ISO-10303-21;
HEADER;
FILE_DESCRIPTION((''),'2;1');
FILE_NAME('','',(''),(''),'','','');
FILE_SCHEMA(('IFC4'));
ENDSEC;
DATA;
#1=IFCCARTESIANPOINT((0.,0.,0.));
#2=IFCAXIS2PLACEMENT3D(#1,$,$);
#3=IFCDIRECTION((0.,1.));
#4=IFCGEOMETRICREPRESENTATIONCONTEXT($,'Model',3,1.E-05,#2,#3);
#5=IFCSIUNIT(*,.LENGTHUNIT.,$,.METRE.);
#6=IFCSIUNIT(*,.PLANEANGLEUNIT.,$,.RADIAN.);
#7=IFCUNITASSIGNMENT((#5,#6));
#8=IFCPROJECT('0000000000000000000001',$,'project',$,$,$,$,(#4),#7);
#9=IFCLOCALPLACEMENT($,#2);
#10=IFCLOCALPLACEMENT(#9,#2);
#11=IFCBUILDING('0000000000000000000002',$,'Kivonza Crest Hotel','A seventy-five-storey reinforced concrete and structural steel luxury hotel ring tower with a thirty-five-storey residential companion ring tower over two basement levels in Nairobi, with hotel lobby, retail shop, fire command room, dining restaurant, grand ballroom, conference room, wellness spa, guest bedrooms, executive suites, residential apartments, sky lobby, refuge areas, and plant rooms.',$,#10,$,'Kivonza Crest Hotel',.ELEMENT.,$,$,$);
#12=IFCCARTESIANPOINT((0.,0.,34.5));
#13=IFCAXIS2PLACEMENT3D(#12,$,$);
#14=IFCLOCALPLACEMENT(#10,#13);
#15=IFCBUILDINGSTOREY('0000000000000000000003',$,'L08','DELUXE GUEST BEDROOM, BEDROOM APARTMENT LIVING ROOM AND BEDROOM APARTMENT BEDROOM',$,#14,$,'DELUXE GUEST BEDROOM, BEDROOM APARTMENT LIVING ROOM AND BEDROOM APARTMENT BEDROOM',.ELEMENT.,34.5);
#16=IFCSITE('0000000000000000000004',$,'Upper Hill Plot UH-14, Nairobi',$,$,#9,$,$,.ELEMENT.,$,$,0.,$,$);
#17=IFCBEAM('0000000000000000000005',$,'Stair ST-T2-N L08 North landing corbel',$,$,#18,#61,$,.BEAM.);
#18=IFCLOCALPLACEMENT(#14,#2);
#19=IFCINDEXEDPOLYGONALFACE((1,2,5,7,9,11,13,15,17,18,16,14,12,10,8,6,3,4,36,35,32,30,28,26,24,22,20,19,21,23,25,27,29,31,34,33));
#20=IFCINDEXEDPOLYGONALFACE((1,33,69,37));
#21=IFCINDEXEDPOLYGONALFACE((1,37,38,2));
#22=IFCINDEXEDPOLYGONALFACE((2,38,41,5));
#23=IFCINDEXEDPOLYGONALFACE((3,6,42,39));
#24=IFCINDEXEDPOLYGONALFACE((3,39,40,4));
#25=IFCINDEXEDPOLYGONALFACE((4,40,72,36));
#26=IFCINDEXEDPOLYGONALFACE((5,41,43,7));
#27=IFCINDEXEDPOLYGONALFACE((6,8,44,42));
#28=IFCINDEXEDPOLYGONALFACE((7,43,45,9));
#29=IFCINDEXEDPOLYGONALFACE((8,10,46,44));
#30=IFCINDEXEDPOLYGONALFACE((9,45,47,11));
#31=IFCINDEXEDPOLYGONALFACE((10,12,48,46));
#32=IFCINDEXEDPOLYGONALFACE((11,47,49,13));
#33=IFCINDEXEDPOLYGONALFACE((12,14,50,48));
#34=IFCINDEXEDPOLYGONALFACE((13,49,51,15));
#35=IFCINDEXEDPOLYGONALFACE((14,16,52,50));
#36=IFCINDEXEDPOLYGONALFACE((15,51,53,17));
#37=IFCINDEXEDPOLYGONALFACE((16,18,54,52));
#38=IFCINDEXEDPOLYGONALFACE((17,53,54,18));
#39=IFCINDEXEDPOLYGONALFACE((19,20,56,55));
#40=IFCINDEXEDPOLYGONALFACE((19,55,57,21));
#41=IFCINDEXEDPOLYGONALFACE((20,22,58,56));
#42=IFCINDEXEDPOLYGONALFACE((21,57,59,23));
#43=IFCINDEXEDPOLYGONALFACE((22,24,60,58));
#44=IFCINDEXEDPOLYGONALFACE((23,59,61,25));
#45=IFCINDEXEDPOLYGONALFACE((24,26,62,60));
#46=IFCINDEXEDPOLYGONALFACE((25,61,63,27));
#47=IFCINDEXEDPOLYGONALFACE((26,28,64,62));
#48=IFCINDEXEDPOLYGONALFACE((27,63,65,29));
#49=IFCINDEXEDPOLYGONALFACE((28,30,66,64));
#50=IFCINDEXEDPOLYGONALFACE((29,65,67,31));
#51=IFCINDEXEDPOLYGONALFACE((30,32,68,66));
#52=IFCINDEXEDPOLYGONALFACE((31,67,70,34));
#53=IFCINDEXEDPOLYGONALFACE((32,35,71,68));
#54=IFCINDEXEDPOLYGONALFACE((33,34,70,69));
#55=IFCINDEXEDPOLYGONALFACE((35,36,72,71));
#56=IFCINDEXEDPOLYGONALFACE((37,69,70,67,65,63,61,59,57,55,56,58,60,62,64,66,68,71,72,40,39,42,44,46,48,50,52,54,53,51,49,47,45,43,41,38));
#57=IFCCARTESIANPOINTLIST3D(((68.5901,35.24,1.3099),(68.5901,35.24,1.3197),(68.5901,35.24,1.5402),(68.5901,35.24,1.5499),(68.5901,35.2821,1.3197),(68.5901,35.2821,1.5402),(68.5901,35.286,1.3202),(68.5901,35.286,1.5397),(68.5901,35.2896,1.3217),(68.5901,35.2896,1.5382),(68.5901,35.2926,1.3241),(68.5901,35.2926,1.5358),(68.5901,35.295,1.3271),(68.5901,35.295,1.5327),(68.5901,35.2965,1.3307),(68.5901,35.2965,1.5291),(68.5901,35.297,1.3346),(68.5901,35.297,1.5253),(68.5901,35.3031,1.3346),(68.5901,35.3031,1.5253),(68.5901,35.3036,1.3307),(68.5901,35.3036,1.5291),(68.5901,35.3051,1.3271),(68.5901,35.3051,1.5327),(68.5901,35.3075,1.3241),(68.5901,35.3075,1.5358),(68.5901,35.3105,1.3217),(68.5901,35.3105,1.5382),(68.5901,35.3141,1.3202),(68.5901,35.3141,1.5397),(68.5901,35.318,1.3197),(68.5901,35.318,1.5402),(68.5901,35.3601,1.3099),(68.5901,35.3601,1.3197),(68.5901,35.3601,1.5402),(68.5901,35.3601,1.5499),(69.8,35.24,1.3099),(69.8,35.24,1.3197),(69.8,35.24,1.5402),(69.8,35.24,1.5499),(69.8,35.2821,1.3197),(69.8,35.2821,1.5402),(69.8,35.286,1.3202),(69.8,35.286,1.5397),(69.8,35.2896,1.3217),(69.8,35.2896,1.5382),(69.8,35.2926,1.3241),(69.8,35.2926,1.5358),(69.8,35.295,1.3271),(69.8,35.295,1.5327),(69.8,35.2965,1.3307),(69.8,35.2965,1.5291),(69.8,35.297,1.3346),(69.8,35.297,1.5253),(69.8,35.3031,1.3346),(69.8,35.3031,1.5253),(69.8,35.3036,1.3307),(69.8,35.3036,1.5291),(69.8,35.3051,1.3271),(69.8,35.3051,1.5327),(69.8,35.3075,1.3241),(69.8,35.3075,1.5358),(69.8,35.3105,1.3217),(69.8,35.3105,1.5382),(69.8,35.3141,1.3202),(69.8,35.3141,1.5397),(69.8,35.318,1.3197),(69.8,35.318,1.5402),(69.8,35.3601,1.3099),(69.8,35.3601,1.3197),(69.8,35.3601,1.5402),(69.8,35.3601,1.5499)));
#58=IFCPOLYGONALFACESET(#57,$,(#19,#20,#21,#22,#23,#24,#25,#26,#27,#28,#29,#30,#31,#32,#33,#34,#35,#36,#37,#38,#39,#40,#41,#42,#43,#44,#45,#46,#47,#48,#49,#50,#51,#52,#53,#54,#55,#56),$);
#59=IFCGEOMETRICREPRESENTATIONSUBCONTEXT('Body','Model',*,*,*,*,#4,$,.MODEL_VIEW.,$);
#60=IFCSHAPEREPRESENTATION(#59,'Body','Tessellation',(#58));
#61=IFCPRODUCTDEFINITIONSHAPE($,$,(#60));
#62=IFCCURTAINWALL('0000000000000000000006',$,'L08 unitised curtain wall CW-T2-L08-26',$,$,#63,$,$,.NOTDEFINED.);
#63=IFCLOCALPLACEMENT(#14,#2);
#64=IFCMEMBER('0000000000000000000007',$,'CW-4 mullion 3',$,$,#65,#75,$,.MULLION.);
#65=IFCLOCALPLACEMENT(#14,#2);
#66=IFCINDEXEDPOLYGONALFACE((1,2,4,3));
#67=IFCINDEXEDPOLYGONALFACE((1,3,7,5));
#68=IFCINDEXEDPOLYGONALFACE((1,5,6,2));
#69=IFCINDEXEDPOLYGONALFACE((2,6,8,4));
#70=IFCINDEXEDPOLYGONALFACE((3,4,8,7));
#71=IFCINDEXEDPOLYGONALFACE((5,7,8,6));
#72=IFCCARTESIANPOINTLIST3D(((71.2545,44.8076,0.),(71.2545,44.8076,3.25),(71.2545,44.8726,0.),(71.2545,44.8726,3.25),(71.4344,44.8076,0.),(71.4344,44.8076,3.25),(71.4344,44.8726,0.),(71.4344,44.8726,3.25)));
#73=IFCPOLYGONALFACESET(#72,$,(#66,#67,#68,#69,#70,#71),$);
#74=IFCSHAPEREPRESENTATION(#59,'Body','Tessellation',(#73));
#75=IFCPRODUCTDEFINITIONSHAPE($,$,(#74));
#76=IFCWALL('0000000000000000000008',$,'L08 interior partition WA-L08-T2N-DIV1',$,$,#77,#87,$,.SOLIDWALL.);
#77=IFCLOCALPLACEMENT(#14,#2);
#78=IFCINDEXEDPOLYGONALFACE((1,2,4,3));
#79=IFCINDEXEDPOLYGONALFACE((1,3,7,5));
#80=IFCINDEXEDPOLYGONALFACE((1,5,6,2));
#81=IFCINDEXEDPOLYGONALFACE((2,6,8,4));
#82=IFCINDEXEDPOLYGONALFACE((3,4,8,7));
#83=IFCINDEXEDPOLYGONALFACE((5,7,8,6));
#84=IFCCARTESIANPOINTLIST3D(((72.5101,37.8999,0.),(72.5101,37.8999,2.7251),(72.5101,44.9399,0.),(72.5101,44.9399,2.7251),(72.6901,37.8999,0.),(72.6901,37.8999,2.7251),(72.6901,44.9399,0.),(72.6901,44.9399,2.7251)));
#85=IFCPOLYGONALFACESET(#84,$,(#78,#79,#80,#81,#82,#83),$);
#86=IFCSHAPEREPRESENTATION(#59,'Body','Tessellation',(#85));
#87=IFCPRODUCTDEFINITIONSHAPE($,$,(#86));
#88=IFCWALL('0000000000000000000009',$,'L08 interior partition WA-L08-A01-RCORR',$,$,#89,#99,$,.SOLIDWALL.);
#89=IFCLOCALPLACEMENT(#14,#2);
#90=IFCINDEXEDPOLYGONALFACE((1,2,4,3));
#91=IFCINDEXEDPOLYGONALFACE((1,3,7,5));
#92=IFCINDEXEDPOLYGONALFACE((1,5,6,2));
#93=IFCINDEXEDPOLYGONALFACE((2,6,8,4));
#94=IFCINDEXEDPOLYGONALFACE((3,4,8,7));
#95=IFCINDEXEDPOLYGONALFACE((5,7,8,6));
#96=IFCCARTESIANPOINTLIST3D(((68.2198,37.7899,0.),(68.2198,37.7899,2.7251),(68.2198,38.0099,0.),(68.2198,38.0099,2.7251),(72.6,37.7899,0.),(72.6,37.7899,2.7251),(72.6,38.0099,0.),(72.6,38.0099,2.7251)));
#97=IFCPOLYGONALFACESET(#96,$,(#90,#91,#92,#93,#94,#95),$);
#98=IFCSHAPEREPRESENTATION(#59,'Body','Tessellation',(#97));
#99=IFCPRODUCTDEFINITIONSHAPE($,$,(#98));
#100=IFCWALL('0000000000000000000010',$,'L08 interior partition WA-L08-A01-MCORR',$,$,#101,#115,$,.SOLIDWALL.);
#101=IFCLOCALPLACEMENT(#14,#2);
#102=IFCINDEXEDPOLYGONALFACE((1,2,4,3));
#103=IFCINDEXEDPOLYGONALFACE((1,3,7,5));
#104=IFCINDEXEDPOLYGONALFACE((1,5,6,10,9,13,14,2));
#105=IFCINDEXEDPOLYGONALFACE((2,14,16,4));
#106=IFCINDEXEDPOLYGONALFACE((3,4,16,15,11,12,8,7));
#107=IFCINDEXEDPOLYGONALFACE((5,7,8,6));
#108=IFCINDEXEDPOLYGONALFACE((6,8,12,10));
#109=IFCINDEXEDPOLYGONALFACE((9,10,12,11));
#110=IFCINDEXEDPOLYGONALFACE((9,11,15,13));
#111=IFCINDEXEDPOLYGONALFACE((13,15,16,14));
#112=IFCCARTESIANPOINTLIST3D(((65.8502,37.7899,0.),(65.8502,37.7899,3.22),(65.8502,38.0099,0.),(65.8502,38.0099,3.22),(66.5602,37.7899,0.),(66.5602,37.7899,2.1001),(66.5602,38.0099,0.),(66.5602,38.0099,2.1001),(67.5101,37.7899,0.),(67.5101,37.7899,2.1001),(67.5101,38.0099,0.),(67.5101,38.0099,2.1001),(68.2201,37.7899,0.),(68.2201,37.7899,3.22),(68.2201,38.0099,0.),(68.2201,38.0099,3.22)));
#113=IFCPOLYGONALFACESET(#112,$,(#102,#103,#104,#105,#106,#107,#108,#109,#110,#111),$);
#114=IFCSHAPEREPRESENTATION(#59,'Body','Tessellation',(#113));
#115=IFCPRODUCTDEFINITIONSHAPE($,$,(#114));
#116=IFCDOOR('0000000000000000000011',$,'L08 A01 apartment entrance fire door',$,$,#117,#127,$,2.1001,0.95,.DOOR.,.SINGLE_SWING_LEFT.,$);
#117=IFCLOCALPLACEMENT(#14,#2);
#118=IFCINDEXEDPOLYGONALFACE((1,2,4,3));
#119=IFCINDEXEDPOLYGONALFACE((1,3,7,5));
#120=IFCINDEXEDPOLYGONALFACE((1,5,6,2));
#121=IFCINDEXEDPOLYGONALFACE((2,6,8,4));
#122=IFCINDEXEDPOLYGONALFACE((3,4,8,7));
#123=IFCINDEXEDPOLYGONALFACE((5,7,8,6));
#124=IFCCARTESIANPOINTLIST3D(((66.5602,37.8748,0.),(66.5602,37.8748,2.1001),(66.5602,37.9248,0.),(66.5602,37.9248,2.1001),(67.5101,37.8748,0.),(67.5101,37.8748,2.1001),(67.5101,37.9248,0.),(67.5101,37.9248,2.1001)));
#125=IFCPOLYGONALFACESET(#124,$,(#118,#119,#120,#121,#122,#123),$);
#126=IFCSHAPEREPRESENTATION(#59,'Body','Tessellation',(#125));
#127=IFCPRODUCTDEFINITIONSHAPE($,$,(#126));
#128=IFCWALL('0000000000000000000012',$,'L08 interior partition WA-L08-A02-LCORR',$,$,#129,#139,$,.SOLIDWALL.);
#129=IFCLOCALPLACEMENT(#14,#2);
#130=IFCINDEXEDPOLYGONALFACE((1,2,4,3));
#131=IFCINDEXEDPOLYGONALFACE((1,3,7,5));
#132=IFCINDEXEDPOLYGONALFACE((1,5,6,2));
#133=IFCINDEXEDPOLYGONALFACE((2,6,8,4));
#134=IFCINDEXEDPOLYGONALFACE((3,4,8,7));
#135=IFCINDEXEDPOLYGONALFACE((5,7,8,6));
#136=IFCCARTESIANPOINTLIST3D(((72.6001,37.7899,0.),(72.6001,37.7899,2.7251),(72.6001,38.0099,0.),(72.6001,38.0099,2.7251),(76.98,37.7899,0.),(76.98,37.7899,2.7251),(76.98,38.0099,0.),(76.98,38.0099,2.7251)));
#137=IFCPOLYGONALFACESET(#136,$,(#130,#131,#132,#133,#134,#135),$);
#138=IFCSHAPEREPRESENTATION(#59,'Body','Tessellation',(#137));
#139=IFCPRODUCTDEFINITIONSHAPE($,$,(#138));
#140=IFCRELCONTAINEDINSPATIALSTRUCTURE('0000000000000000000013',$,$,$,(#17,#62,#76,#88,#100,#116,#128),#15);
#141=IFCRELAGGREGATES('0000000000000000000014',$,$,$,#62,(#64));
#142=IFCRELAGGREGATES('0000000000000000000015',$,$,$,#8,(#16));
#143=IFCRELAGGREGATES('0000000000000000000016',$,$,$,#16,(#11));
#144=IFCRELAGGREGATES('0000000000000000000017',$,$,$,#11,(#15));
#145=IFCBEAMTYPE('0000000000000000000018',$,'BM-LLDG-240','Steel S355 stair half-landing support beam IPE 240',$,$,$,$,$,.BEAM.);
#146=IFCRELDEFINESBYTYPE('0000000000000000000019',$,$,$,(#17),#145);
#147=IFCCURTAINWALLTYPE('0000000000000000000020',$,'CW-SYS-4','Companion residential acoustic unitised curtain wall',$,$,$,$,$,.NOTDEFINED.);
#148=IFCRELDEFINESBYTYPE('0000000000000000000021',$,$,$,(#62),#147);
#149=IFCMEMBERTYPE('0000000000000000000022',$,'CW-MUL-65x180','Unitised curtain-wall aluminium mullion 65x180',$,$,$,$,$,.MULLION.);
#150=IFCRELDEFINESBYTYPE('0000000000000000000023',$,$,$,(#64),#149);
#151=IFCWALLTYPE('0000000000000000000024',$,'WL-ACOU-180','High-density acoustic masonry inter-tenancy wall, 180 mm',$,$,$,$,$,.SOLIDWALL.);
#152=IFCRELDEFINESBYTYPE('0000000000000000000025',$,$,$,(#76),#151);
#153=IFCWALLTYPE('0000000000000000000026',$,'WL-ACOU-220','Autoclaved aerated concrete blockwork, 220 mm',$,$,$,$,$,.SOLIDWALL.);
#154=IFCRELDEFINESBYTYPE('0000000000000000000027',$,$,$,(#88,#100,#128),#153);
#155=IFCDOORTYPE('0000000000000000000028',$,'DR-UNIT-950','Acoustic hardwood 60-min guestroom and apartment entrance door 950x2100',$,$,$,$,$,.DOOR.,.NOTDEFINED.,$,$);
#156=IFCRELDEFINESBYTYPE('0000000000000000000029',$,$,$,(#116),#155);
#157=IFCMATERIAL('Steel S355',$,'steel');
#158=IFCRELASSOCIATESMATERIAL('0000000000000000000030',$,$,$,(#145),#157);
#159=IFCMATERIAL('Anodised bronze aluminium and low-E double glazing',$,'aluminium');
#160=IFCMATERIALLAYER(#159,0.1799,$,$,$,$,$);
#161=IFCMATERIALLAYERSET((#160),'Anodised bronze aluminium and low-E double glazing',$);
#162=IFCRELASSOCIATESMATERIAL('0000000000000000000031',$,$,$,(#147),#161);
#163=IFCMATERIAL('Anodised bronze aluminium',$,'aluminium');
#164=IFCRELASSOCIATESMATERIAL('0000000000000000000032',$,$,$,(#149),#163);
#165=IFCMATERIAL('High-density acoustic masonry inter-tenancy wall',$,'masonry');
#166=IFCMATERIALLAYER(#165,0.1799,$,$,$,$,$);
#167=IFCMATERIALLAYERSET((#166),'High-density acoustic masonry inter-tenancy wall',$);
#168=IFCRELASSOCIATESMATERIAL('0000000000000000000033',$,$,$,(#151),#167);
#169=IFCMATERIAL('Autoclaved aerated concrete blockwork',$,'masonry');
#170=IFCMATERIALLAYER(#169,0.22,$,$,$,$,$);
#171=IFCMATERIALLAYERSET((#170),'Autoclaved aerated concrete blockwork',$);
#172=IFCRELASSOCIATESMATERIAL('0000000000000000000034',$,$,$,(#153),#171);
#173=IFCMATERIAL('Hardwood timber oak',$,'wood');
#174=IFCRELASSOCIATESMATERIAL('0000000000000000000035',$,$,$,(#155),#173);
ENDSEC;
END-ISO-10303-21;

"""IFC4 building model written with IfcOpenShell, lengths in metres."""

from ifc_helpers import new_model, si_unit, direction, frame, frame_2d, origin, origin_2d, place, context, subcontext, project, spatial, rectangle, i_section, extrude, material, layer, layer_set, material_profile, profile_set, type_object, element, fill, aggregate, save


model = new_model("IFC4")

# Units and contexts
model_context = context("Model", 3, precision=1e-05, world=origin(), true_north=direction((0.0, 1.0)))
body_context = subcontext(model_context, "Body", "Model", "MODEL_VIEW")
ifc_project = project(units=[si_unit("LENGTHUNIT", "METRE"), si_unit("PLANEANGLEUNIT", "RADIAN")], contexts=[model_context])

# Site, building, storey
site_placement = place(None, origin())
site = spatial("IfcSite", under=ifc_project, at=site_placement, Name="Upper Hill Plot UH-14, Nairobi", CompositionType="ELEMENT", RefElevation=0.0)
building_placement = place(site_placement, origin())
building = spatial("IfcBuilding", under=site, at=building_placement, Name="Kivonza Crest Hotel", Description="A seventy-five-storey reinforced concrete and structural steel luxury hotel ring tower with a thirty-five-storey residential companion ring tower over two basement levels in Nairobi, with hotel lobby, retail shop, fire command room, dining restaurant, grand ballroom, conference room, wellness spa, guest bedrooms, executive suites, residential apartments, sky lobby, refuge areas, and plant rooms.", LongName="Kivonza Crest Hotel", CompositionType="ELEMENT")
storey_placement = place(building_placement, frame((0.0, 0.0, 34.5)))
storey = spatial("IfcBuildingStorey", under=building, at=storey_placement, Name="L08", Description="DELUXE GUEST BEDROOM, BEDROOM APARTMENT LIVING ROOM AND BEDROOM APARTMENT BEDROOM", LongName="DELUXE GUEST BEDROOM, BEDROOM APARTMENT LIVING ROOM AND BEDROOM APARTMENT BEDROOM", CompositionType="ELEMENT", Elevation=34.5)

# Beam
ifc_material_1 = material(Name="Steel S355", Category="steel")
ifc_material_profile_1 = material_profile(ifc_material_1, i_section(OverallWidth=0.1201, OverallDepth=0.24, WebThickness=0.0061, FlangeThickness=0.0098, FilletRadius=0.0149, at=origin_2d()), Name="IPE 240")
ifc_profile_set_1 = profile_set([ifc_material_profile_1], Name="Steel S355")
beam_type_1 = type_object("IfcBeamType", Name="BM-LLDG-240", Description="Steel S355 stair half-landing support beam IPE 240", PredefinedType="BEAM", material=ifc_profile_set_1)
beam_1_placement = place(storey_placement, frame((68.5901, 35.3, 1.4299), z_axis=(1.0, 0.0, 0.0), x_axis=(0.0, 1.0, 0.0)))
element("IfcBeam", 1, at=beam_1_placement, inside=storey, type_object=beam_type_1, Name="Stair ST-T2-N L08 North landing corbel", PredefinedType="BEAM", context=body_context, shape_type="SweptSolid", body=[
    extrude(i_section(OverallWidth=0.1201, OverallDepth=0.24, WebThickness=0.0061, FlangeThickness=0.0098, FilletRadius=0.0149, at=origin_2d()), origin(), (0.0, 0.0, 1.0), 1.21),
])

# Curtain wall, member
ifc_material_2 = material(Name="Anodised bronze aluminium and low-E double glazing", Category="aluminium")
ifc_layer_1 = layer(ifc_material_2, 0.1799)
ifc_layer_set_1 = layer_set([ifc_layer_1], Name="Anodised bronze aluminium and low-E double glazing")
curtain_wall_type = type_object("IfcCurtainWallType", Name="CW-SYS-4", Description="Companion residential acoustic unitised curtain wall", PredefinedType="NOTDEFINED", material=ifc_layer_set_1)
curtain_wall_placement = place(storey_placement, origin())
curtain_wall = element("IfcCurtainWall", 2, at=curtain_wall_placement, inside=storey, type_object=curtain_wall_type, Name="L08 unitised curtain wall CW-T2-L08-26", PredefinedType="NOTDEFINED")
ifc_material_3 = material(Name="Anodised bronze aluminium", Category="aluminium")
ifc_material_profile_2 = material_profile(ifc_material_3, rectangle(XDim=0.0649, YDim=0.1799, at=origin_2d()), Name="CW-M 65x180")
ifc_profile_set_2 = profile_set([ifc_material_profile_2], Name="Anodised bronze aluminium")
member_type = type_object("IfcMemberType", Name="CW-MUL-65x180", Description="Unitised curtain-wall aluminium mullion 65x180", PredefinedType="MULLION", material=ifc_profile_set_2)
member_placement = place(storey_placement, frame((71.3445, 44.8401, 0.0), z_axis=(0.0, 0.0, 1.0), x_axis=(0.0, -1.0, 0.0)))
member = element("IfcMember", 3, at=member_placement, type_object=member_type, Name="CW-4 mullion 3", PredefinedType="MULLION", context=body_context, shape_type="SweptSolid", body=[
    extrude(rectangle(XDim=0.0649, YDim=0.1799, at=origin_2d()), origin(), (0.0, 0.0, 1.0), 3.25),
])
aggregate(curtain_wall, [member])

# Walls
ifc_material_4 = material(Name="High-density acoustic masonry inter-tenancy wall", Category="masonry")
ifc_layer_2 = layer(ifc_material_4, 0.1799)
ifc_layer_set_2 = layer_set([ifc_layer_2], Name="High-density acoustic masonry inter-tenancy wall")
wall_type_1 = type_object("IfcWallType", Name="WL-ACOU-180", Description="High-density acoustic masonry inter-tenancy wall, 180 mm", PredefinedType="SOLIDWALL", material=ifc_layer_set_2)
wall_1_placement = place(storey_placement, frame((72.6001, 37.8999, 0.0), z_axis=(0.0, 0.0, 1.0), x_axis=(0.0, 1.0, 0.0)))
element("IfcWall", 4, at=wall_1_placement, inside=storey, type_object=wall_type_1, Name="L08 interior partition WA-L08-T2N-DIV1", PredefinedType="SOLIDWALL", context=body_context, shape_type="SweptSolid", body=[
    extrude(rectangle(XDim=7.04, YDim=0.1799, at=frame_2d((3.52, 0.0))), origin(), (0.0, 0.0, 1.0), 2.7251),
])
ifc_material_5 = material(Name="Autoclaved aerated concrete blockwork", Category="masonry")
ifc_layer_3 = layer(ifc_material_5, 0.22)
ifc_layer_set_3 = layer_set([ifc_layer_3], Name="Autoclaved aerated concrete blockwork")
wall_type_2 = type_object("IfcWallType", Name="WL-ACOU-220", Description="Autoclaved aerated concrete blockwork, 220 mm", PredefinedType="SOLIDWALL", material=ifc_layer_set_3)
wall_2_placement = place(storey_placement, frame((68.22, 37.8999, 0.0), z_axis=(0.0, 0.0, 1.0), x_axis=(1.0, 0.0, 0.0)))
element("IfcWall", 5, at=wall_2_placement, inside=storey, type_object=wall_type_2, Name="L08 interior partition WA-L08-A01-RCORR", PredefinedType="SOLIDWALL", context=body_context, shape_type="SweptSolid", body=[
    extrude(rectangle(XDim=4.3801, YDim=0.22, at=frame_2d((2.1899, 0.0))), origin(), (0.0, 0.0, 1.0), 2.7251),
])

# Wall, opening, door
wall_3_placement = place(storey_placement, frame((65.8501, 37.8999, 0.0), z_axis=(0.0, 0.0, 1.0), x_axis=(1.0, 0.0, 0.0)))
wall_3 = element("IfcWall", 6, at=wall_3_placement, inside=storey, type_object=wall_type_2, Name="L08 interior partition WA-L08-A01-MCORR", PredefinedType="SOLIDWALL", context=body_context, shape_type="SweptSolid", body=[
    extrude(rectangle(XDim=2.3699, YDim=0.22, at=frame_2d((1.1851, 0.0))), origin(), (0.0, 0.0, 1.0), 3.22),
])
opening_1_placement = place(wall_3_placement, frame((0.71, 0.0, 0.0)))
opening_1 = element("IfcOpeningElement", 7, at=opening_1_placement, cuts=wall_3, PredefinedType="OPENING", context=body_context, shape_type="SweptSolid", body=[
    extrude(rectangle(XDim=0.95, YDim=2.1001, at=frame_2d((0.4751, 1.05))), frame((0.0, 0.1201, 0.0), z_axis=(0.0, -1.0, 0.0), x_axis=(1.0, 0.0, 0.0)), (0.0, 0.0, 1.0), 0.24),
])
ifc_material_6 = material(Name="Hardwood timber oak", Category="wood")
door_type_1 = type_object("IfcDoorType", Name="DR-UNIT-950", Description="Acoustic hardwood 60-min guestroom and apartment entrance door 950x2100", OperationType="NOTDEFINED", PredefinedType="DOOR", material=ifc_material_6)
door_1_placement = place(opening_1_placement, origin())
door_1 = element("IfcDoor", 8, at=door_1_placement, inside=storey, type_object=door_type_1, Name="L08 A01 apartment entrance fire door", OperationType="SINGLE_SWING_LEFT", OverallHeight=2.1001, OverallWidth=0.95, PredefinedType="DOOR", context=body_context, shape_type="SweptSolid", body=[
    extrude(rectangle(XDim=0.95, YDim=2.1001, at=frame_2d((0.4751, 1.05))), frame((0.0, 0.0249, 0.0), z_axis=(0.0, -1.0, 0.0), x_axis=(1.0, 0.0, 0.0)), (0.0, 0.0, 1.0), 0.05),
])
fill(opening_1, door_1)

# Wall
wall_4_placement = place(storey_placement, frame((72.6001, 37.8999, 0.0), z_axis=(0.0, 0.0, 1.0), x_axis=(1.0, 0.0, 0.0)))
element("IfcWall", 9, at=wall_4_placement, inside=storey, type_object=wall_type_2, Name="L08 interior partition WA-L08-A02-LCORR", PredefinedType="SOLIDWALL", context=body_context, shape_type="SweptSolid", body=[
    extrude(rectangle(XDim=4.3799, YDim=0.22, at=frame_2d((2.1899, 0.0))), origin(), (0.0, 0.0, 1.0), 2.7251),
])

save(model, "model.ifc")
